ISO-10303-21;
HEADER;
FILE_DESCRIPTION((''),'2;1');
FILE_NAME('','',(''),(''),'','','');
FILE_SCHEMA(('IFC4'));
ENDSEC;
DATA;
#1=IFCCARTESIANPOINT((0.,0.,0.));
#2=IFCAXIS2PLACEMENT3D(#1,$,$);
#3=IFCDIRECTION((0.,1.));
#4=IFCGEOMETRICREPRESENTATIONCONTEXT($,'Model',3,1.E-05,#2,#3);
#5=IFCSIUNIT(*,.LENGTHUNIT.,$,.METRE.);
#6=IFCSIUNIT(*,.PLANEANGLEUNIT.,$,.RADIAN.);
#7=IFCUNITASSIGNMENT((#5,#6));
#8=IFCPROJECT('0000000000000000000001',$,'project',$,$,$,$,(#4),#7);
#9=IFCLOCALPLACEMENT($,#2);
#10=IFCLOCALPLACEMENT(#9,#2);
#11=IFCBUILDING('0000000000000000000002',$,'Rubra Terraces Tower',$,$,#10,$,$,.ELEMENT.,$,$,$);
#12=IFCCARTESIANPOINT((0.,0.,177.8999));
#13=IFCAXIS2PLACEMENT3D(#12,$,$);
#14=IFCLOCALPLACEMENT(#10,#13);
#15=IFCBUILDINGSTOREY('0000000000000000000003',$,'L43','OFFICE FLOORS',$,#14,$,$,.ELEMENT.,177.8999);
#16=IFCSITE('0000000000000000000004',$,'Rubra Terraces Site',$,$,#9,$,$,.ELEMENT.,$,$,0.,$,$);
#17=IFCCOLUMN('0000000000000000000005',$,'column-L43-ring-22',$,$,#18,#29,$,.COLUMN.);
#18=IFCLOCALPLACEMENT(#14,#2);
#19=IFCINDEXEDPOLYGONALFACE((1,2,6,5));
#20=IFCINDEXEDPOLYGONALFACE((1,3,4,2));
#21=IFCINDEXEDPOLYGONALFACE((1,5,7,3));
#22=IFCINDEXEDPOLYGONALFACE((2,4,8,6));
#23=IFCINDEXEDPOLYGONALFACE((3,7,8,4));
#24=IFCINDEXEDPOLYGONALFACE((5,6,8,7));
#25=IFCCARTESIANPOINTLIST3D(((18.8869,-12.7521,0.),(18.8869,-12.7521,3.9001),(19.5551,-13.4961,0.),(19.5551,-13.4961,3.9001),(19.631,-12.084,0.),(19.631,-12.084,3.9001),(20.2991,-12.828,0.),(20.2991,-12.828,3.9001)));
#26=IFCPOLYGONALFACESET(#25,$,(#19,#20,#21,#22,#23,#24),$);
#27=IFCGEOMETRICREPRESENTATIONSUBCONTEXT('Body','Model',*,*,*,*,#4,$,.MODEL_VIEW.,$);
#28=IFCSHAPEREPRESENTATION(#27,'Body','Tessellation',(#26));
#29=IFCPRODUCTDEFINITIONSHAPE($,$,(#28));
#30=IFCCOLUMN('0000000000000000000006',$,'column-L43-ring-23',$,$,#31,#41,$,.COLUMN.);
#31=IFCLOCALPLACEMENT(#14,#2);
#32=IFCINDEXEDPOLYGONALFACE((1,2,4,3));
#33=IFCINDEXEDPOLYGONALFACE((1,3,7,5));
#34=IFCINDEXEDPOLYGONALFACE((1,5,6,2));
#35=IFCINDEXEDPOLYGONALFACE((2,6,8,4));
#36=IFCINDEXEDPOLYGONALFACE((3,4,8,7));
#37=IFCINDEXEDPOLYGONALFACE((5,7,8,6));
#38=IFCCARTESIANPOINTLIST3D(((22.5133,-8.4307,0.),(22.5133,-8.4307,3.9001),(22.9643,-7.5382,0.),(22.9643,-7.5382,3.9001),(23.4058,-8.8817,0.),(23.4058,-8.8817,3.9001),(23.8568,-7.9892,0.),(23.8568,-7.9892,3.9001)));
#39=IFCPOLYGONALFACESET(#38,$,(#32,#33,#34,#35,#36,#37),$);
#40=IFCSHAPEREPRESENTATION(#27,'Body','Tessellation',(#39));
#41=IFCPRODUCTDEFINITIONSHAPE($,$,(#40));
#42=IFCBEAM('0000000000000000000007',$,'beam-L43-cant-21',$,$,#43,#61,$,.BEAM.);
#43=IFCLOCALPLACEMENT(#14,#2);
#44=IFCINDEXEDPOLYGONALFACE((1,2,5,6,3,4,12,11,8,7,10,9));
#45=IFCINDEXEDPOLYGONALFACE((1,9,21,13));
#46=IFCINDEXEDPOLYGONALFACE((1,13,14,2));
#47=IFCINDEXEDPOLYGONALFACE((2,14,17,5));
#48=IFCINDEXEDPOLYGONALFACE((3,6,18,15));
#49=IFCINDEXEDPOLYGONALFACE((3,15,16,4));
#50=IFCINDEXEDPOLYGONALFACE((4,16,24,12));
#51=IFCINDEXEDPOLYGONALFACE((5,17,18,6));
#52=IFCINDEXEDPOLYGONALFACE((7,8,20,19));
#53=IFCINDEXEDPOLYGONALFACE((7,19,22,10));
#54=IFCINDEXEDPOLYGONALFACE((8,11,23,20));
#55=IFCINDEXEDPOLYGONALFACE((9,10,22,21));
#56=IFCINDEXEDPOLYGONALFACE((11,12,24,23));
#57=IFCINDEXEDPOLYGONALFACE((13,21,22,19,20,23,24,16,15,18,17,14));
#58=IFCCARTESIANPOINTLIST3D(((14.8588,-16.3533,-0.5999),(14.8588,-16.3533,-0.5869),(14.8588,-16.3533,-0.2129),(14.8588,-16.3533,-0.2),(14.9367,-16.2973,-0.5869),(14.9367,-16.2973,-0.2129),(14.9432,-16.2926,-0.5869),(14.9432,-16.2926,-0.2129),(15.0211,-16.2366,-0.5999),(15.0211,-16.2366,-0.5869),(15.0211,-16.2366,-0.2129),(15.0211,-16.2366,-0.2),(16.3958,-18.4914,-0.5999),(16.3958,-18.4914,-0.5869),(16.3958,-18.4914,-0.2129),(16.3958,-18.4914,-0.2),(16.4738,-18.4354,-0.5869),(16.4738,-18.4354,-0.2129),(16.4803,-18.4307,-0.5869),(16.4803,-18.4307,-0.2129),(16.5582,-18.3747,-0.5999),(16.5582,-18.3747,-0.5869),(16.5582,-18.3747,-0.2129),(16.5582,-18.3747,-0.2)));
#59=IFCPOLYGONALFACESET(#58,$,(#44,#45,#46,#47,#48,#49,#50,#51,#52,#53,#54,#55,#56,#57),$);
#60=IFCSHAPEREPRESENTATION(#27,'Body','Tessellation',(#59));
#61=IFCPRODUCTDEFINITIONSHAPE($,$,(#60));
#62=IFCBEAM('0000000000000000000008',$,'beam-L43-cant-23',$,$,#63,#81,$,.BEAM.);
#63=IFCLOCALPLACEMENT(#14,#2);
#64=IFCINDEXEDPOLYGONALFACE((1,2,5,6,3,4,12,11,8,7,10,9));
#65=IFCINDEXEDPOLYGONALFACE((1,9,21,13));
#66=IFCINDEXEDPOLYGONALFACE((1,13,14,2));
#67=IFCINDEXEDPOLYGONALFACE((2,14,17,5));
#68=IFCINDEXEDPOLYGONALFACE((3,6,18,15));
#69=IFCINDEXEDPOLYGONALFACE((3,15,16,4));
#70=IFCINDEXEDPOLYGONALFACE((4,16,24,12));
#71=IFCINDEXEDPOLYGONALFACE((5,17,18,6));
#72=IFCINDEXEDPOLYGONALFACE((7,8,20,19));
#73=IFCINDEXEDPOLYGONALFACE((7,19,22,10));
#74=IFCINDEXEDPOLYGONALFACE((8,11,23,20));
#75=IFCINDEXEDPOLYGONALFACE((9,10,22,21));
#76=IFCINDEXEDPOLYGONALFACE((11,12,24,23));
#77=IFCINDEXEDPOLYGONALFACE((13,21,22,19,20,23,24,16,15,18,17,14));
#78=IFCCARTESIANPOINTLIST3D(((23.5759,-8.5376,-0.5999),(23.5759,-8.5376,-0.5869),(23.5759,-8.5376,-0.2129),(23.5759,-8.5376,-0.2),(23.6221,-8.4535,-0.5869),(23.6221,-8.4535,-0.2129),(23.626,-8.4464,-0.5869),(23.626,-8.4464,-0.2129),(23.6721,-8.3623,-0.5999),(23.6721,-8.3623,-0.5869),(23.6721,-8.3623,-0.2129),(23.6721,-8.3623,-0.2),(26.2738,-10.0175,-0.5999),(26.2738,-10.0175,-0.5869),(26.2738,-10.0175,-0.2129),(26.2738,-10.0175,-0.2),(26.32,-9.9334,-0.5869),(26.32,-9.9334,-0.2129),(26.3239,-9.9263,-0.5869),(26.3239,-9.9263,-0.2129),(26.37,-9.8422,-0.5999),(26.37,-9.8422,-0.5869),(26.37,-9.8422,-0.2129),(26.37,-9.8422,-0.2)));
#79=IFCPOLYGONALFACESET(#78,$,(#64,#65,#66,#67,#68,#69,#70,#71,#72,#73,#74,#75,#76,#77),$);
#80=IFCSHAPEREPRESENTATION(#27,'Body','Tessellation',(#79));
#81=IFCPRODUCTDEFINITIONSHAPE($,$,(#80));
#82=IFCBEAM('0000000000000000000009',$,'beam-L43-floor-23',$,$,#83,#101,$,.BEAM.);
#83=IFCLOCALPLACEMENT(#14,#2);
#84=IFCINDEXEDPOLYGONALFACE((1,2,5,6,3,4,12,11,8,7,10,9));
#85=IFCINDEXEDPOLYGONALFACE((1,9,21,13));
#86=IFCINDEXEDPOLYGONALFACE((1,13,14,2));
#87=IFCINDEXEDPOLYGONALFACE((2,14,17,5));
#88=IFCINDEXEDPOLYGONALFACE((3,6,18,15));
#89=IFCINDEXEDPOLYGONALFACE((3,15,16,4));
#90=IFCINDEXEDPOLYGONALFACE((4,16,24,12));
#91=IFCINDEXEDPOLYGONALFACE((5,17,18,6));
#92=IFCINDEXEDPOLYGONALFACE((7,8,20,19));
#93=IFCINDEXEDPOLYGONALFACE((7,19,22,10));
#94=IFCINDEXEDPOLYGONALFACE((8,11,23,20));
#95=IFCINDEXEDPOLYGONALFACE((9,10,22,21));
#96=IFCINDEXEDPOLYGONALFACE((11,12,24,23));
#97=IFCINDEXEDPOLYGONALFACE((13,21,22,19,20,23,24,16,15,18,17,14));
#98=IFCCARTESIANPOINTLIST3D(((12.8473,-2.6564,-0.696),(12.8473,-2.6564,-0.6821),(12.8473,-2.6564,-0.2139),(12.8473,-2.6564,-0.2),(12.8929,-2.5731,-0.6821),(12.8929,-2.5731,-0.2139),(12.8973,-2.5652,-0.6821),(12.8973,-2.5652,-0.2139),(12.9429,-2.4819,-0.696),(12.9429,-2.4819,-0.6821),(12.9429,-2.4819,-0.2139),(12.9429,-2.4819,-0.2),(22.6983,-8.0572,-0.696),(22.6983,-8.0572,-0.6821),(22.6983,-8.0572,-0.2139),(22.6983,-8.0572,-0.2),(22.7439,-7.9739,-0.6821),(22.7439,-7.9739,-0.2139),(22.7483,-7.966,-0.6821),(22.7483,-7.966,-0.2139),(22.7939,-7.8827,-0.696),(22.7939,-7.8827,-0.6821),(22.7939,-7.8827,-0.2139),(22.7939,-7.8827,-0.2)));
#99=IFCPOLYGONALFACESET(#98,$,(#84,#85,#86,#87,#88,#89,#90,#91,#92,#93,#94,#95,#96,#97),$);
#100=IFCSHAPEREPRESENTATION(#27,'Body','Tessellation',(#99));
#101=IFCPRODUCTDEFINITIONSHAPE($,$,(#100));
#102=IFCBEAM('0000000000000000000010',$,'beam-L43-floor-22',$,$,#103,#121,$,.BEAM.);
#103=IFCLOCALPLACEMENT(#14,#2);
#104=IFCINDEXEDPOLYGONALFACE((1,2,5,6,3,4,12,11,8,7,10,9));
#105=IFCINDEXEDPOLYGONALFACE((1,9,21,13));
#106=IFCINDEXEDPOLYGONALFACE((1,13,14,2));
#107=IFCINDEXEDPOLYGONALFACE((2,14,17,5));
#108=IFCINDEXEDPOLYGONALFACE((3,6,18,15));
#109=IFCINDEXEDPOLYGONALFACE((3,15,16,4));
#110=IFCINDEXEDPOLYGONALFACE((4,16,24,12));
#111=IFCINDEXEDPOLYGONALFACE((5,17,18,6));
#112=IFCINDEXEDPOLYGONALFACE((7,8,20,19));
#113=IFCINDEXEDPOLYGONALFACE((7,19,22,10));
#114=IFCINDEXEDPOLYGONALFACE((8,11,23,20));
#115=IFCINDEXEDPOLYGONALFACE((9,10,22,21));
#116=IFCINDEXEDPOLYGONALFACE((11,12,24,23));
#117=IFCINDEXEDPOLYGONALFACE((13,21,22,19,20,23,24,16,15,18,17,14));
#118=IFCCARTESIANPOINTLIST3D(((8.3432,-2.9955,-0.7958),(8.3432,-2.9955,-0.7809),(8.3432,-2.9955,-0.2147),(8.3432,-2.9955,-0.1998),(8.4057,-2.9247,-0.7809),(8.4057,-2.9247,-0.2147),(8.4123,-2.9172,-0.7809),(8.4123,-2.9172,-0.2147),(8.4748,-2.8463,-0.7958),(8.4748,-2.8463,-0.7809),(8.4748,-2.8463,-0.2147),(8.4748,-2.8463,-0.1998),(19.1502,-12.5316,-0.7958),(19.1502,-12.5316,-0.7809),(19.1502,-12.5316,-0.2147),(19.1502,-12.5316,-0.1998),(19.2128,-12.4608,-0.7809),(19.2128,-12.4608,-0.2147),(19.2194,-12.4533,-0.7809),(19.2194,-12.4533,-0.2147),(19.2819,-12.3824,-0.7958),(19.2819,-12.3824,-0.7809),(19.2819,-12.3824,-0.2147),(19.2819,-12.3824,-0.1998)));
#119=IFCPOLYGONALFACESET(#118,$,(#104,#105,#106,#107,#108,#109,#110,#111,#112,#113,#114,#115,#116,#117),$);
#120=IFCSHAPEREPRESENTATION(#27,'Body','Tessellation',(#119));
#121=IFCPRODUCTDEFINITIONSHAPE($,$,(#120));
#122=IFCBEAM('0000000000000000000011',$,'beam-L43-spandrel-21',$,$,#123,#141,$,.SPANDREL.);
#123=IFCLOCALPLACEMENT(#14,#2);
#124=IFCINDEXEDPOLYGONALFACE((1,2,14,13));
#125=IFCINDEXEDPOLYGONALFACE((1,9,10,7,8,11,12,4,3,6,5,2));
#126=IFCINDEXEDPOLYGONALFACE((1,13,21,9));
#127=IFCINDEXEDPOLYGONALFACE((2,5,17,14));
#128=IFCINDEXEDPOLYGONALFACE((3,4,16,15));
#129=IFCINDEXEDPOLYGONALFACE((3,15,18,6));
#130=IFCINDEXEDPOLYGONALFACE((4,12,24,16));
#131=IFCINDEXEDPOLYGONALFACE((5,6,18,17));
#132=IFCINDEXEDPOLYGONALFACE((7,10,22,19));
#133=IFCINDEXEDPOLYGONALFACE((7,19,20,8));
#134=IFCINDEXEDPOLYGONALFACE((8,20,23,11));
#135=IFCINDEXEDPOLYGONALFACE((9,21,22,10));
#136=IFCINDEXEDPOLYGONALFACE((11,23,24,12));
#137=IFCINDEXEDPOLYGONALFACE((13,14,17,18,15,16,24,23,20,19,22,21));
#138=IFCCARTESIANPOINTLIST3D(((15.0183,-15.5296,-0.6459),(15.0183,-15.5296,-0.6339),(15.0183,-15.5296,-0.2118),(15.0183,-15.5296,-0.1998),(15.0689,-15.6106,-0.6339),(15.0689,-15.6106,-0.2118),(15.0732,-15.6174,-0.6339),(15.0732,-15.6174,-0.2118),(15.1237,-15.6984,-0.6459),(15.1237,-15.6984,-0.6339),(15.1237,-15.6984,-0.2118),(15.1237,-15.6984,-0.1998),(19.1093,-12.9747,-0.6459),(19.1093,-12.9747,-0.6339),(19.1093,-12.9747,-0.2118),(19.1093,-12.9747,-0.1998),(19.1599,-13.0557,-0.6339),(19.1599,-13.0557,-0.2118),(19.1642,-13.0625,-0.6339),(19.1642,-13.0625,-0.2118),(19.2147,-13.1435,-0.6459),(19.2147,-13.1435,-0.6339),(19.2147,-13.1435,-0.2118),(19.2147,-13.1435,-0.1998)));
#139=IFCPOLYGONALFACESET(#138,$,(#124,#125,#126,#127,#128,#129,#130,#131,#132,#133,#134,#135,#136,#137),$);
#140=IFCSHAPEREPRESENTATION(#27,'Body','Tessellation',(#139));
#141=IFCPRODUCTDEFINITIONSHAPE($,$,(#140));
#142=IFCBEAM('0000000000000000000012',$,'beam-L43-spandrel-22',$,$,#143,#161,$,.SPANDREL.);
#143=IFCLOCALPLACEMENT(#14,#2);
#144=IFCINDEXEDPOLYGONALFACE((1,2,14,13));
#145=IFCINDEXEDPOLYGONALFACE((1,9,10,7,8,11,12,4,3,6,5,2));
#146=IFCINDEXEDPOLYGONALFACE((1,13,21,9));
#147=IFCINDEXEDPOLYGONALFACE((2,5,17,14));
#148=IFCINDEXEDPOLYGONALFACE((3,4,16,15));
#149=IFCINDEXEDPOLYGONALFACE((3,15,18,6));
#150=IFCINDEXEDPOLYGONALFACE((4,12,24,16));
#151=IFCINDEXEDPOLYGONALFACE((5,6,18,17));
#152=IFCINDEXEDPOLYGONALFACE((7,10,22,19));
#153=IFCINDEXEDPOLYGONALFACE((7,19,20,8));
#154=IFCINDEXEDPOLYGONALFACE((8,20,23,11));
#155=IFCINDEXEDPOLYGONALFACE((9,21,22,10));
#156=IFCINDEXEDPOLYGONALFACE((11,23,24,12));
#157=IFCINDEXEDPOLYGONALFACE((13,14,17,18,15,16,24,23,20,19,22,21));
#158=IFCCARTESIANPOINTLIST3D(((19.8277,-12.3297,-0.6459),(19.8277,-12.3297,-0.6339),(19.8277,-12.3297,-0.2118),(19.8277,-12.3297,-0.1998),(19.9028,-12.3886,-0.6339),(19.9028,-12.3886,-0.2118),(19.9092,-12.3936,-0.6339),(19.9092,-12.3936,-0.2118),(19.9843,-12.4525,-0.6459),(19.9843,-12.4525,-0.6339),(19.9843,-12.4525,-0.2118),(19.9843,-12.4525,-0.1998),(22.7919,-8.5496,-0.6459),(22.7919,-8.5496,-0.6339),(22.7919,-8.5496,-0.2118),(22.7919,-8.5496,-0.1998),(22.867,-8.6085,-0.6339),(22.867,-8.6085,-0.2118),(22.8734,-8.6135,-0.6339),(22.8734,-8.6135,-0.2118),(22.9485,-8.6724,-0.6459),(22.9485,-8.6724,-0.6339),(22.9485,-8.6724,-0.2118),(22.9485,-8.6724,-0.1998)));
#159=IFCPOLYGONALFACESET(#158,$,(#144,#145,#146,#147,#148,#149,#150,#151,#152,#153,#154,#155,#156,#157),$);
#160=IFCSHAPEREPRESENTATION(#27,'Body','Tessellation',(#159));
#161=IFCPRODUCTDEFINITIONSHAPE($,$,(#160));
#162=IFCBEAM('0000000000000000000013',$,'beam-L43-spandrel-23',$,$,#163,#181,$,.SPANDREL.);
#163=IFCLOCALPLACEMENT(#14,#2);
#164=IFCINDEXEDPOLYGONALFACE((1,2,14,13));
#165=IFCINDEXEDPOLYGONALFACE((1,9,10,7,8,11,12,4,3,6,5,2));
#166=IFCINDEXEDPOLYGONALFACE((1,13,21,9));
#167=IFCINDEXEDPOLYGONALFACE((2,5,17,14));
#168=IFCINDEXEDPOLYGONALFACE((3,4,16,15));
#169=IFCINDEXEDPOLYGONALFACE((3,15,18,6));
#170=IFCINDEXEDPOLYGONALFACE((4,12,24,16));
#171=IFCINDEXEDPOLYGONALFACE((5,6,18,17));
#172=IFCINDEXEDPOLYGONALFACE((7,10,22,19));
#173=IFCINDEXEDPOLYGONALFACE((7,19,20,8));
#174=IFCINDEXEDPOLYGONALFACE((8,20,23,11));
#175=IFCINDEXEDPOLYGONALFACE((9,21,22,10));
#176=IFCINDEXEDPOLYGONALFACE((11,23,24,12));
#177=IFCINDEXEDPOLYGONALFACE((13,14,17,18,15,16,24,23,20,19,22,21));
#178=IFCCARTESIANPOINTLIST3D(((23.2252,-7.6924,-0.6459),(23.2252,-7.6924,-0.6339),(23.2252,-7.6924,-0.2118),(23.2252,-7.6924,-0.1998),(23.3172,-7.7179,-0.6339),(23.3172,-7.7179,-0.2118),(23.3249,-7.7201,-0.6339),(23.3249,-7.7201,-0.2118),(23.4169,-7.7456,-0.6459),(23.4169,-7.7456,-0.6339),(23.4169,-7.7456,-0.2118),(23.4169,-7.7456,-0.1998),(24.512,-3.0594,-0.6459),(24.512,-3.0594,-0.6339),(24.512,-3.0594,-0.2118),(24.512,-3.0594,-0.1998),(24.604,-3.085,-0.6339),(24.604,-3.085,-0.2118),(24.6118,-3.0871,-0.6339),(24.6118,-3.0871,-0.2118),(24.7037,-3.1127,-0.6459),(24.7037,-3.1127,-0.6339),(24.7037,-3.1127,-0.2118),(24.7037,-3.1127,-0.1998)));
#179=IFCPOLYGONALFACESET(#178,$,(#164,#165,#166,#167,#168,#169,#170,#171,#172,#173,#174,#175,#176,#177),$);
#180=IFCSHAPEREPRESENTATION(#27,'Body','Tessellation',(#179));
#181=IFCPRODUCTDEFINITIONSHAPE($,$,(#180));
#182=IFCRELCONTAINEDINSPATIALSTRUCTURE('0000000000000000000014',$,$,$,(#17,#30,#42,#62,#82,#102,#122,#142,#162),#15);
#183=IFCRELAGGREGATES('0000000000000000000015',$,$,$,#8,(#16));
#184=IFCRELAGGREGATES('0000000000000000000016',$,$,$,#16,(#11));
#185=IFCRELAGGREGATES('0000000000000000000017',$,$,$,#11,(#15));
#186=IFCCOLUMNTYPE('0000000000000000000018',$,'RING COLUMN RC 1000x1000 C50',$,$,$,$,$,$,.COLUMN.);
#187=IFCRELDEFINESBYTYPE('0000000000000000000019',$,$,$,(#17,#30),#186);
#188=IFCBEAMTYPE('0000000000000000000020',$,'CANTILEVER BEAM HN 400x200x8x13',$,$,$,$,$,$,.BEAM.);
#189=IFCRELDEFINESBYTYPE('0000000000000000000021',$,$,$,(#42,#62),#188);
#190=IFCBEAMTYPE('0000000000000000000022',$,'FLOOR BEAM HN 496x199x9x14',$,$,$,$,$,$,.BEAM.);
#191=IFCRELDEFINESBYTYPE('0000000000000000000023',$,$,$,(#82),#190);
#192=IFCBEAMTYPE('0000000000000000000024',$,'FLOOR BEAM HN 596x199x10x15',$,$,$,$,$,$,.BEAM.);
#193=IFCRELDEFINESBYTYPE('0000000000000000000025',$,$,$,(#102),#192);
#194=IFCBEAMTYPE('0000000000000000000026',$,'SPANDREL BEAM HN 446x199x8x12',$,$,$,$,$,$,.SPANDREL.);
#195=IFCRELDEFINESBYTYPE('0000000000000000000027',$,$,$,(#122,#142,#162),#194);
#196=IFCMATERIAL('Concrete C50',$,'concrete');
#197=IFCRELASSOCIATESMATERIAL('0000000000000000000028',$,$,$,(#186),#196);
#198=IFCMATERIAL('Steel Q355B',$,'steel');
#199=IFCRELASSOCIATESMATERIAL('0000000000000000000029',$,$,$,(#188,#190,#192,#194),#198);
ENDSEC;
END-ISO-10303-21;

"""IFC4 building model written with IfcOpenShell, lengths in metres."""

from ifc_helpers import new_model, si_unit, direction, frame, origin, origin_2d, place, context, subcontext, project, spatial, rectangle, i_section, extrude, material, material_profile, profile_set, type_object, element, save


model = new_model("IFC4")

# Units and contexts
model_context = context("Model", 3, precision=1e-05, world=origin(), true_north=direction((0.0, 1.0)))
body_context = subcontext(model_context, "Body", "Model", "MODEL_VIEW")
ifc_project = project(units=[si_unit("LENGTHUNIT", "METRE"), si_unit("PLANEANGLEUNIT", "RADIAN")], contexts=[model_context])

# Site, building, storey
site_placement = place(None, origin())
site = spatial("IfcSite", under=ifc_project, at=site_placement, Name="Rubra Terraces Site", CompositionType="ELEMENT", RefElevation=0.0)
building_placement = place(site_placement, origin())
building = spatial("IfcBuilding", under=site, at=building_placement, Name="Rubra Terraces Tower", CompositionType="ELEMENT")
storey_placement = place(building_placement, frame((0.0, 0.0, 177.8999)))
storey = spatial("IfcBuildingStorey", under=building, at=storey_placement, Name="L43", Description="OFFICE FLOORS", CompositionType="ELEMENT", Elevation=177.8999)

# Columns
ifc_material_1 = material(Name="Concrete C50", Category="concrete")
ifc_material_profile_1 = material_profile(ifc_material_1, rectangle(XDim=1.0, YDim=1.0, at=origin_2d()), Name="RC 1000x1000")
ifc_profile_set_1 = profile_set([ifc_material_profile_1], Name="Concrete C50")
column_type = type_object("IfcColumnType", Name="RING COLUMN RC 1000x1000 C50", PredefinedType="COLUMN", material=ifc_profile_set_1)
for number, where, z_axis, x_axis, name in (
    (1, (19.593, -12.79, 0.0), (0.0, 0.0, 1.0), (0.744021, 0.668156, 0.0), "column-L43-ring-22"),
    (2, (23.1851, -8.21, 0.0), (0.0, 0.0, 1.0), (0.451028, 0.89251, 0.0), "column-L43-ring-23"),
):
    element("IfcColumn", number, at=place(storey_placement, frame(where, z_axis=z_axis, x_axis=x_axis)), inside=storey, type_object=column_type, Name=name, PredefinedType="COLUMN", context=body_context, shape_type="SweptSolid", body=[
        extrude(rectangle(XDim=1.0, YDim=1.0, at=origin_2d()), origin(), (0.0, 0.0, 1.0), 3.9001),
    ])

# Beams
ifc_material_2 = material(Name="Steel Q355B", Category="steel")
ifc_material_profile_2 = material_profile(ifc_material_2, i_section(OverallWidth=0.2, OverallDepth=0.3999, WebThickness=0.0081, FlangeThickness=0.0129, at=origin_2d()), Name="HN 400x200x8x13")
ifc_profile_set_2 = profile_set([ifc_material_profile_2], Name="Steel Q355B")
beam_type_1 = type_object("IfcBeamType", Name="CANTILEVER BEAM HN 400x200x8x13", PredefinedType="BEAM", material=ifc_profile_set_2)
beam_1_placement = place(storey_placement, frame((14.9399, -16.2949, -0.3999), z_axis=(0.583709, -0.811963, 0.0), x_axis=(0.811963, 0.583709, 0.0)))
element("IfcBeam", 3, at=beam_1_placement, inside=storey, type_object=beam_type_1, Name="beam-L43-cant-21", PredefinedType="BEAM", context=body_context, shape_type="SweptSolid", body=[
    extrude(i_section(OverallWidth=0.2, OverallDepth=0.3999, WebThickness=0.0081, FlangeThickness=0.0129, at=origin_2d()), origin(), (0.0, 0.0, 1.0), 2.6333),
])
beam_2_placement = place(storey_placement, frame((23.624, -8.45, -0.3999), z_axis=(0.876753, -0.480941, 0.0), x_axis=(0.480941, 0.876753, 0.0)))
element("IfcBeam", 4, at=beam_2_placement, inside=storey, type_object=beam_type_1, Name="beam-L43-cant-23", PredefinedType="BEAM", context=body_context, shape_type="SweptSolid", body=[
    extrude(i_section(OverallWidth=0.2, OverallDepth=0.3999, WebThickness=0.0081, FlangeThickness=0.0129, at=origin_2d()), origin(), (0.0, 0.0, 1.0), 3.0771),
])
ifc_material_profile_3 = material_profile(ifc_material_2, i_section(OverallWidth=0.199, OverallDepth=0.4961, WebThickness=0.009, FlangeThickness=0.0139, at=origin_2d()), Name="HN 496x199x9x14")
ifc_profile_set_3 = profile_set([ifc_material_profile_3], Name="Steel Q355B")
beam_type_2 = type_object("IfcBeamType", Name="FLOOR BEAM HN 496x199x9x14", PredefinedType="BEAM", material=ifc_profile_set_3)
beam_3_placement = place(storey_placement, frame((22.7461, -7.97, -0.448), z_axis=(-0.876862, 0.480742, 0.0), x_axis=(-0.480742, -0.876862, 0.0)))
element("IfcBeam", 5, at=beam_3_placement, inside=storey, type_object=beam_type_2, Name="beam-L43-floor-23", PredefinedType="BEAM", context=body_context, shape_type="SweptSolid", body=[
    extrude(i_section(OverallWidth=0.199, OverallDepth=0.4961, WebThickness=0.009, FlangeThickness=0.0139, at=origin_2d()), origin(), (0.0, 0.0, 1.0), 11.2344),
])
ifc_material_profile_4 = material_profile(ifc_material_2, i_section(OverallWidth=0.199, OverallDepth=0.5959, WebThickness=0.01, FlangeThickness=0.0149, at=origin_2d()), Name="HN 596x199x10x15")
ifc_profile_set_4 = profile_set([ifc_material_profile_4], Name="Steel Q355B")
beam_type_3 = type_object("IfcBeamType", Name="FLOOR BEAM HN 596x199x10x15", PredefinedType="BEAM", material=ifc_profile_set_4)
beam_4_placement = place(storey_placement, frame((19.2161, -12.457, -0.4978), z_axis=(-0.749823, 0.661638, 0.0), x_axis=(-0.661638, -0.749823, 0.0)))
element("IfcBeam", 6, at=beam_4_placement, inside=storey, type_object=beam_type_3, Name="beam-L43-floor-22", PredefinedType="BEAM", context=body_context, shape_type="SweptSolid", body=[
    extrude(i_section(OverallWidth=0.199, OverallDepth=0.5959, WebThickness=0.01, FlangeThickness=0.0149, at=origin_2d()), origin(), (0.0, 0.0, 1.0), 14.4128),
])
ifc_material_profile_5 = material_profile(ifc_material_2, i_section(OverallWidth=0.199, OverallDepth=0.446, WebThickness=0.0081, FlangeThickness=0.012, at=origin_2d()), Name="HN 446x199x8x12")
ifc_profile_set_5 = profile_set([ifc_material_profile_5], Name="Steel Q355B")
beam_type_4 = type_object("IfcBeamType", Name="SPANDREL BEAM HN 446x199x8x12", PredefinedType="SPANDREL", material=ifc_profile_set_5)
beam_5_placement = place(storey_placement, frame((15.071, -15.614, -0.4229), z_axis=(0.848183, 0.529703, 0.0), x_axis=(-0.529703, 0.848183, 0.0)))
element("IfcBeam", 7, at=beam_5_placement, inside=storey, type_object=beam_type_4, Name="beam-L43-spandrel-21", PredefinedType="SPANDREL", context=body_context, shape_type="SweptSolid", body=[
    extrude(i_section(OverallWidth=0.199, OverallDepth=0.446, WebThickness=0.0081, FlangeThickness=0.012, at=origin_2d()), origin(), (0.0, 0.0, 1.0), 4.8232),
])
beam_6_placement = place(storey_placement, frame((19.906, -12.3911, -0.4229), z_axis=(0.61706, 0.786916, 0.0), x_axis=(-0.786916, 0.61706, 0.0)))
element("IfcBeam", 8, at=beam_6_placement, inside=storey, type_object=beam_type_4, Name="beam-L43-spandrel-22", PredefinedType="SPANDREL", context=body_context, shape_type="SweptSolid", body=[
    extrude(i_section(OverallWidth=0.199, OverallDepth=0.446, WebThickness=0.0081, FlangeThickness=0.012, at=origin_2d()), origin(), (0.0, 0.0, 1.0), 4.8037),
])
beam_7_placement = place(storey_placement, frame((23.321, -7.719, -0.4229), z_axis=(0.267626, 0.963523, 0.0), x_axis=(-0.963523, 0.267626, 0.0)))
element("IfcBeam", 9, at=beam_7_placement, inside=storey, type_object=beam_type_4, Name="beam-L43-spandrel-23", PredefinedType="SPANDREL", context=body_context, shape_type="SweptSolid", body=[
    extrude(i_section(OverallWidth=0.199, OverallDepth=0.446, WebThickness=0.0081, FlangeThickness=0.012, at=origin_2d()), origin(), (0.0, 0.0, 1.0), 4.8083),
])

save(model, "model.ifc")
